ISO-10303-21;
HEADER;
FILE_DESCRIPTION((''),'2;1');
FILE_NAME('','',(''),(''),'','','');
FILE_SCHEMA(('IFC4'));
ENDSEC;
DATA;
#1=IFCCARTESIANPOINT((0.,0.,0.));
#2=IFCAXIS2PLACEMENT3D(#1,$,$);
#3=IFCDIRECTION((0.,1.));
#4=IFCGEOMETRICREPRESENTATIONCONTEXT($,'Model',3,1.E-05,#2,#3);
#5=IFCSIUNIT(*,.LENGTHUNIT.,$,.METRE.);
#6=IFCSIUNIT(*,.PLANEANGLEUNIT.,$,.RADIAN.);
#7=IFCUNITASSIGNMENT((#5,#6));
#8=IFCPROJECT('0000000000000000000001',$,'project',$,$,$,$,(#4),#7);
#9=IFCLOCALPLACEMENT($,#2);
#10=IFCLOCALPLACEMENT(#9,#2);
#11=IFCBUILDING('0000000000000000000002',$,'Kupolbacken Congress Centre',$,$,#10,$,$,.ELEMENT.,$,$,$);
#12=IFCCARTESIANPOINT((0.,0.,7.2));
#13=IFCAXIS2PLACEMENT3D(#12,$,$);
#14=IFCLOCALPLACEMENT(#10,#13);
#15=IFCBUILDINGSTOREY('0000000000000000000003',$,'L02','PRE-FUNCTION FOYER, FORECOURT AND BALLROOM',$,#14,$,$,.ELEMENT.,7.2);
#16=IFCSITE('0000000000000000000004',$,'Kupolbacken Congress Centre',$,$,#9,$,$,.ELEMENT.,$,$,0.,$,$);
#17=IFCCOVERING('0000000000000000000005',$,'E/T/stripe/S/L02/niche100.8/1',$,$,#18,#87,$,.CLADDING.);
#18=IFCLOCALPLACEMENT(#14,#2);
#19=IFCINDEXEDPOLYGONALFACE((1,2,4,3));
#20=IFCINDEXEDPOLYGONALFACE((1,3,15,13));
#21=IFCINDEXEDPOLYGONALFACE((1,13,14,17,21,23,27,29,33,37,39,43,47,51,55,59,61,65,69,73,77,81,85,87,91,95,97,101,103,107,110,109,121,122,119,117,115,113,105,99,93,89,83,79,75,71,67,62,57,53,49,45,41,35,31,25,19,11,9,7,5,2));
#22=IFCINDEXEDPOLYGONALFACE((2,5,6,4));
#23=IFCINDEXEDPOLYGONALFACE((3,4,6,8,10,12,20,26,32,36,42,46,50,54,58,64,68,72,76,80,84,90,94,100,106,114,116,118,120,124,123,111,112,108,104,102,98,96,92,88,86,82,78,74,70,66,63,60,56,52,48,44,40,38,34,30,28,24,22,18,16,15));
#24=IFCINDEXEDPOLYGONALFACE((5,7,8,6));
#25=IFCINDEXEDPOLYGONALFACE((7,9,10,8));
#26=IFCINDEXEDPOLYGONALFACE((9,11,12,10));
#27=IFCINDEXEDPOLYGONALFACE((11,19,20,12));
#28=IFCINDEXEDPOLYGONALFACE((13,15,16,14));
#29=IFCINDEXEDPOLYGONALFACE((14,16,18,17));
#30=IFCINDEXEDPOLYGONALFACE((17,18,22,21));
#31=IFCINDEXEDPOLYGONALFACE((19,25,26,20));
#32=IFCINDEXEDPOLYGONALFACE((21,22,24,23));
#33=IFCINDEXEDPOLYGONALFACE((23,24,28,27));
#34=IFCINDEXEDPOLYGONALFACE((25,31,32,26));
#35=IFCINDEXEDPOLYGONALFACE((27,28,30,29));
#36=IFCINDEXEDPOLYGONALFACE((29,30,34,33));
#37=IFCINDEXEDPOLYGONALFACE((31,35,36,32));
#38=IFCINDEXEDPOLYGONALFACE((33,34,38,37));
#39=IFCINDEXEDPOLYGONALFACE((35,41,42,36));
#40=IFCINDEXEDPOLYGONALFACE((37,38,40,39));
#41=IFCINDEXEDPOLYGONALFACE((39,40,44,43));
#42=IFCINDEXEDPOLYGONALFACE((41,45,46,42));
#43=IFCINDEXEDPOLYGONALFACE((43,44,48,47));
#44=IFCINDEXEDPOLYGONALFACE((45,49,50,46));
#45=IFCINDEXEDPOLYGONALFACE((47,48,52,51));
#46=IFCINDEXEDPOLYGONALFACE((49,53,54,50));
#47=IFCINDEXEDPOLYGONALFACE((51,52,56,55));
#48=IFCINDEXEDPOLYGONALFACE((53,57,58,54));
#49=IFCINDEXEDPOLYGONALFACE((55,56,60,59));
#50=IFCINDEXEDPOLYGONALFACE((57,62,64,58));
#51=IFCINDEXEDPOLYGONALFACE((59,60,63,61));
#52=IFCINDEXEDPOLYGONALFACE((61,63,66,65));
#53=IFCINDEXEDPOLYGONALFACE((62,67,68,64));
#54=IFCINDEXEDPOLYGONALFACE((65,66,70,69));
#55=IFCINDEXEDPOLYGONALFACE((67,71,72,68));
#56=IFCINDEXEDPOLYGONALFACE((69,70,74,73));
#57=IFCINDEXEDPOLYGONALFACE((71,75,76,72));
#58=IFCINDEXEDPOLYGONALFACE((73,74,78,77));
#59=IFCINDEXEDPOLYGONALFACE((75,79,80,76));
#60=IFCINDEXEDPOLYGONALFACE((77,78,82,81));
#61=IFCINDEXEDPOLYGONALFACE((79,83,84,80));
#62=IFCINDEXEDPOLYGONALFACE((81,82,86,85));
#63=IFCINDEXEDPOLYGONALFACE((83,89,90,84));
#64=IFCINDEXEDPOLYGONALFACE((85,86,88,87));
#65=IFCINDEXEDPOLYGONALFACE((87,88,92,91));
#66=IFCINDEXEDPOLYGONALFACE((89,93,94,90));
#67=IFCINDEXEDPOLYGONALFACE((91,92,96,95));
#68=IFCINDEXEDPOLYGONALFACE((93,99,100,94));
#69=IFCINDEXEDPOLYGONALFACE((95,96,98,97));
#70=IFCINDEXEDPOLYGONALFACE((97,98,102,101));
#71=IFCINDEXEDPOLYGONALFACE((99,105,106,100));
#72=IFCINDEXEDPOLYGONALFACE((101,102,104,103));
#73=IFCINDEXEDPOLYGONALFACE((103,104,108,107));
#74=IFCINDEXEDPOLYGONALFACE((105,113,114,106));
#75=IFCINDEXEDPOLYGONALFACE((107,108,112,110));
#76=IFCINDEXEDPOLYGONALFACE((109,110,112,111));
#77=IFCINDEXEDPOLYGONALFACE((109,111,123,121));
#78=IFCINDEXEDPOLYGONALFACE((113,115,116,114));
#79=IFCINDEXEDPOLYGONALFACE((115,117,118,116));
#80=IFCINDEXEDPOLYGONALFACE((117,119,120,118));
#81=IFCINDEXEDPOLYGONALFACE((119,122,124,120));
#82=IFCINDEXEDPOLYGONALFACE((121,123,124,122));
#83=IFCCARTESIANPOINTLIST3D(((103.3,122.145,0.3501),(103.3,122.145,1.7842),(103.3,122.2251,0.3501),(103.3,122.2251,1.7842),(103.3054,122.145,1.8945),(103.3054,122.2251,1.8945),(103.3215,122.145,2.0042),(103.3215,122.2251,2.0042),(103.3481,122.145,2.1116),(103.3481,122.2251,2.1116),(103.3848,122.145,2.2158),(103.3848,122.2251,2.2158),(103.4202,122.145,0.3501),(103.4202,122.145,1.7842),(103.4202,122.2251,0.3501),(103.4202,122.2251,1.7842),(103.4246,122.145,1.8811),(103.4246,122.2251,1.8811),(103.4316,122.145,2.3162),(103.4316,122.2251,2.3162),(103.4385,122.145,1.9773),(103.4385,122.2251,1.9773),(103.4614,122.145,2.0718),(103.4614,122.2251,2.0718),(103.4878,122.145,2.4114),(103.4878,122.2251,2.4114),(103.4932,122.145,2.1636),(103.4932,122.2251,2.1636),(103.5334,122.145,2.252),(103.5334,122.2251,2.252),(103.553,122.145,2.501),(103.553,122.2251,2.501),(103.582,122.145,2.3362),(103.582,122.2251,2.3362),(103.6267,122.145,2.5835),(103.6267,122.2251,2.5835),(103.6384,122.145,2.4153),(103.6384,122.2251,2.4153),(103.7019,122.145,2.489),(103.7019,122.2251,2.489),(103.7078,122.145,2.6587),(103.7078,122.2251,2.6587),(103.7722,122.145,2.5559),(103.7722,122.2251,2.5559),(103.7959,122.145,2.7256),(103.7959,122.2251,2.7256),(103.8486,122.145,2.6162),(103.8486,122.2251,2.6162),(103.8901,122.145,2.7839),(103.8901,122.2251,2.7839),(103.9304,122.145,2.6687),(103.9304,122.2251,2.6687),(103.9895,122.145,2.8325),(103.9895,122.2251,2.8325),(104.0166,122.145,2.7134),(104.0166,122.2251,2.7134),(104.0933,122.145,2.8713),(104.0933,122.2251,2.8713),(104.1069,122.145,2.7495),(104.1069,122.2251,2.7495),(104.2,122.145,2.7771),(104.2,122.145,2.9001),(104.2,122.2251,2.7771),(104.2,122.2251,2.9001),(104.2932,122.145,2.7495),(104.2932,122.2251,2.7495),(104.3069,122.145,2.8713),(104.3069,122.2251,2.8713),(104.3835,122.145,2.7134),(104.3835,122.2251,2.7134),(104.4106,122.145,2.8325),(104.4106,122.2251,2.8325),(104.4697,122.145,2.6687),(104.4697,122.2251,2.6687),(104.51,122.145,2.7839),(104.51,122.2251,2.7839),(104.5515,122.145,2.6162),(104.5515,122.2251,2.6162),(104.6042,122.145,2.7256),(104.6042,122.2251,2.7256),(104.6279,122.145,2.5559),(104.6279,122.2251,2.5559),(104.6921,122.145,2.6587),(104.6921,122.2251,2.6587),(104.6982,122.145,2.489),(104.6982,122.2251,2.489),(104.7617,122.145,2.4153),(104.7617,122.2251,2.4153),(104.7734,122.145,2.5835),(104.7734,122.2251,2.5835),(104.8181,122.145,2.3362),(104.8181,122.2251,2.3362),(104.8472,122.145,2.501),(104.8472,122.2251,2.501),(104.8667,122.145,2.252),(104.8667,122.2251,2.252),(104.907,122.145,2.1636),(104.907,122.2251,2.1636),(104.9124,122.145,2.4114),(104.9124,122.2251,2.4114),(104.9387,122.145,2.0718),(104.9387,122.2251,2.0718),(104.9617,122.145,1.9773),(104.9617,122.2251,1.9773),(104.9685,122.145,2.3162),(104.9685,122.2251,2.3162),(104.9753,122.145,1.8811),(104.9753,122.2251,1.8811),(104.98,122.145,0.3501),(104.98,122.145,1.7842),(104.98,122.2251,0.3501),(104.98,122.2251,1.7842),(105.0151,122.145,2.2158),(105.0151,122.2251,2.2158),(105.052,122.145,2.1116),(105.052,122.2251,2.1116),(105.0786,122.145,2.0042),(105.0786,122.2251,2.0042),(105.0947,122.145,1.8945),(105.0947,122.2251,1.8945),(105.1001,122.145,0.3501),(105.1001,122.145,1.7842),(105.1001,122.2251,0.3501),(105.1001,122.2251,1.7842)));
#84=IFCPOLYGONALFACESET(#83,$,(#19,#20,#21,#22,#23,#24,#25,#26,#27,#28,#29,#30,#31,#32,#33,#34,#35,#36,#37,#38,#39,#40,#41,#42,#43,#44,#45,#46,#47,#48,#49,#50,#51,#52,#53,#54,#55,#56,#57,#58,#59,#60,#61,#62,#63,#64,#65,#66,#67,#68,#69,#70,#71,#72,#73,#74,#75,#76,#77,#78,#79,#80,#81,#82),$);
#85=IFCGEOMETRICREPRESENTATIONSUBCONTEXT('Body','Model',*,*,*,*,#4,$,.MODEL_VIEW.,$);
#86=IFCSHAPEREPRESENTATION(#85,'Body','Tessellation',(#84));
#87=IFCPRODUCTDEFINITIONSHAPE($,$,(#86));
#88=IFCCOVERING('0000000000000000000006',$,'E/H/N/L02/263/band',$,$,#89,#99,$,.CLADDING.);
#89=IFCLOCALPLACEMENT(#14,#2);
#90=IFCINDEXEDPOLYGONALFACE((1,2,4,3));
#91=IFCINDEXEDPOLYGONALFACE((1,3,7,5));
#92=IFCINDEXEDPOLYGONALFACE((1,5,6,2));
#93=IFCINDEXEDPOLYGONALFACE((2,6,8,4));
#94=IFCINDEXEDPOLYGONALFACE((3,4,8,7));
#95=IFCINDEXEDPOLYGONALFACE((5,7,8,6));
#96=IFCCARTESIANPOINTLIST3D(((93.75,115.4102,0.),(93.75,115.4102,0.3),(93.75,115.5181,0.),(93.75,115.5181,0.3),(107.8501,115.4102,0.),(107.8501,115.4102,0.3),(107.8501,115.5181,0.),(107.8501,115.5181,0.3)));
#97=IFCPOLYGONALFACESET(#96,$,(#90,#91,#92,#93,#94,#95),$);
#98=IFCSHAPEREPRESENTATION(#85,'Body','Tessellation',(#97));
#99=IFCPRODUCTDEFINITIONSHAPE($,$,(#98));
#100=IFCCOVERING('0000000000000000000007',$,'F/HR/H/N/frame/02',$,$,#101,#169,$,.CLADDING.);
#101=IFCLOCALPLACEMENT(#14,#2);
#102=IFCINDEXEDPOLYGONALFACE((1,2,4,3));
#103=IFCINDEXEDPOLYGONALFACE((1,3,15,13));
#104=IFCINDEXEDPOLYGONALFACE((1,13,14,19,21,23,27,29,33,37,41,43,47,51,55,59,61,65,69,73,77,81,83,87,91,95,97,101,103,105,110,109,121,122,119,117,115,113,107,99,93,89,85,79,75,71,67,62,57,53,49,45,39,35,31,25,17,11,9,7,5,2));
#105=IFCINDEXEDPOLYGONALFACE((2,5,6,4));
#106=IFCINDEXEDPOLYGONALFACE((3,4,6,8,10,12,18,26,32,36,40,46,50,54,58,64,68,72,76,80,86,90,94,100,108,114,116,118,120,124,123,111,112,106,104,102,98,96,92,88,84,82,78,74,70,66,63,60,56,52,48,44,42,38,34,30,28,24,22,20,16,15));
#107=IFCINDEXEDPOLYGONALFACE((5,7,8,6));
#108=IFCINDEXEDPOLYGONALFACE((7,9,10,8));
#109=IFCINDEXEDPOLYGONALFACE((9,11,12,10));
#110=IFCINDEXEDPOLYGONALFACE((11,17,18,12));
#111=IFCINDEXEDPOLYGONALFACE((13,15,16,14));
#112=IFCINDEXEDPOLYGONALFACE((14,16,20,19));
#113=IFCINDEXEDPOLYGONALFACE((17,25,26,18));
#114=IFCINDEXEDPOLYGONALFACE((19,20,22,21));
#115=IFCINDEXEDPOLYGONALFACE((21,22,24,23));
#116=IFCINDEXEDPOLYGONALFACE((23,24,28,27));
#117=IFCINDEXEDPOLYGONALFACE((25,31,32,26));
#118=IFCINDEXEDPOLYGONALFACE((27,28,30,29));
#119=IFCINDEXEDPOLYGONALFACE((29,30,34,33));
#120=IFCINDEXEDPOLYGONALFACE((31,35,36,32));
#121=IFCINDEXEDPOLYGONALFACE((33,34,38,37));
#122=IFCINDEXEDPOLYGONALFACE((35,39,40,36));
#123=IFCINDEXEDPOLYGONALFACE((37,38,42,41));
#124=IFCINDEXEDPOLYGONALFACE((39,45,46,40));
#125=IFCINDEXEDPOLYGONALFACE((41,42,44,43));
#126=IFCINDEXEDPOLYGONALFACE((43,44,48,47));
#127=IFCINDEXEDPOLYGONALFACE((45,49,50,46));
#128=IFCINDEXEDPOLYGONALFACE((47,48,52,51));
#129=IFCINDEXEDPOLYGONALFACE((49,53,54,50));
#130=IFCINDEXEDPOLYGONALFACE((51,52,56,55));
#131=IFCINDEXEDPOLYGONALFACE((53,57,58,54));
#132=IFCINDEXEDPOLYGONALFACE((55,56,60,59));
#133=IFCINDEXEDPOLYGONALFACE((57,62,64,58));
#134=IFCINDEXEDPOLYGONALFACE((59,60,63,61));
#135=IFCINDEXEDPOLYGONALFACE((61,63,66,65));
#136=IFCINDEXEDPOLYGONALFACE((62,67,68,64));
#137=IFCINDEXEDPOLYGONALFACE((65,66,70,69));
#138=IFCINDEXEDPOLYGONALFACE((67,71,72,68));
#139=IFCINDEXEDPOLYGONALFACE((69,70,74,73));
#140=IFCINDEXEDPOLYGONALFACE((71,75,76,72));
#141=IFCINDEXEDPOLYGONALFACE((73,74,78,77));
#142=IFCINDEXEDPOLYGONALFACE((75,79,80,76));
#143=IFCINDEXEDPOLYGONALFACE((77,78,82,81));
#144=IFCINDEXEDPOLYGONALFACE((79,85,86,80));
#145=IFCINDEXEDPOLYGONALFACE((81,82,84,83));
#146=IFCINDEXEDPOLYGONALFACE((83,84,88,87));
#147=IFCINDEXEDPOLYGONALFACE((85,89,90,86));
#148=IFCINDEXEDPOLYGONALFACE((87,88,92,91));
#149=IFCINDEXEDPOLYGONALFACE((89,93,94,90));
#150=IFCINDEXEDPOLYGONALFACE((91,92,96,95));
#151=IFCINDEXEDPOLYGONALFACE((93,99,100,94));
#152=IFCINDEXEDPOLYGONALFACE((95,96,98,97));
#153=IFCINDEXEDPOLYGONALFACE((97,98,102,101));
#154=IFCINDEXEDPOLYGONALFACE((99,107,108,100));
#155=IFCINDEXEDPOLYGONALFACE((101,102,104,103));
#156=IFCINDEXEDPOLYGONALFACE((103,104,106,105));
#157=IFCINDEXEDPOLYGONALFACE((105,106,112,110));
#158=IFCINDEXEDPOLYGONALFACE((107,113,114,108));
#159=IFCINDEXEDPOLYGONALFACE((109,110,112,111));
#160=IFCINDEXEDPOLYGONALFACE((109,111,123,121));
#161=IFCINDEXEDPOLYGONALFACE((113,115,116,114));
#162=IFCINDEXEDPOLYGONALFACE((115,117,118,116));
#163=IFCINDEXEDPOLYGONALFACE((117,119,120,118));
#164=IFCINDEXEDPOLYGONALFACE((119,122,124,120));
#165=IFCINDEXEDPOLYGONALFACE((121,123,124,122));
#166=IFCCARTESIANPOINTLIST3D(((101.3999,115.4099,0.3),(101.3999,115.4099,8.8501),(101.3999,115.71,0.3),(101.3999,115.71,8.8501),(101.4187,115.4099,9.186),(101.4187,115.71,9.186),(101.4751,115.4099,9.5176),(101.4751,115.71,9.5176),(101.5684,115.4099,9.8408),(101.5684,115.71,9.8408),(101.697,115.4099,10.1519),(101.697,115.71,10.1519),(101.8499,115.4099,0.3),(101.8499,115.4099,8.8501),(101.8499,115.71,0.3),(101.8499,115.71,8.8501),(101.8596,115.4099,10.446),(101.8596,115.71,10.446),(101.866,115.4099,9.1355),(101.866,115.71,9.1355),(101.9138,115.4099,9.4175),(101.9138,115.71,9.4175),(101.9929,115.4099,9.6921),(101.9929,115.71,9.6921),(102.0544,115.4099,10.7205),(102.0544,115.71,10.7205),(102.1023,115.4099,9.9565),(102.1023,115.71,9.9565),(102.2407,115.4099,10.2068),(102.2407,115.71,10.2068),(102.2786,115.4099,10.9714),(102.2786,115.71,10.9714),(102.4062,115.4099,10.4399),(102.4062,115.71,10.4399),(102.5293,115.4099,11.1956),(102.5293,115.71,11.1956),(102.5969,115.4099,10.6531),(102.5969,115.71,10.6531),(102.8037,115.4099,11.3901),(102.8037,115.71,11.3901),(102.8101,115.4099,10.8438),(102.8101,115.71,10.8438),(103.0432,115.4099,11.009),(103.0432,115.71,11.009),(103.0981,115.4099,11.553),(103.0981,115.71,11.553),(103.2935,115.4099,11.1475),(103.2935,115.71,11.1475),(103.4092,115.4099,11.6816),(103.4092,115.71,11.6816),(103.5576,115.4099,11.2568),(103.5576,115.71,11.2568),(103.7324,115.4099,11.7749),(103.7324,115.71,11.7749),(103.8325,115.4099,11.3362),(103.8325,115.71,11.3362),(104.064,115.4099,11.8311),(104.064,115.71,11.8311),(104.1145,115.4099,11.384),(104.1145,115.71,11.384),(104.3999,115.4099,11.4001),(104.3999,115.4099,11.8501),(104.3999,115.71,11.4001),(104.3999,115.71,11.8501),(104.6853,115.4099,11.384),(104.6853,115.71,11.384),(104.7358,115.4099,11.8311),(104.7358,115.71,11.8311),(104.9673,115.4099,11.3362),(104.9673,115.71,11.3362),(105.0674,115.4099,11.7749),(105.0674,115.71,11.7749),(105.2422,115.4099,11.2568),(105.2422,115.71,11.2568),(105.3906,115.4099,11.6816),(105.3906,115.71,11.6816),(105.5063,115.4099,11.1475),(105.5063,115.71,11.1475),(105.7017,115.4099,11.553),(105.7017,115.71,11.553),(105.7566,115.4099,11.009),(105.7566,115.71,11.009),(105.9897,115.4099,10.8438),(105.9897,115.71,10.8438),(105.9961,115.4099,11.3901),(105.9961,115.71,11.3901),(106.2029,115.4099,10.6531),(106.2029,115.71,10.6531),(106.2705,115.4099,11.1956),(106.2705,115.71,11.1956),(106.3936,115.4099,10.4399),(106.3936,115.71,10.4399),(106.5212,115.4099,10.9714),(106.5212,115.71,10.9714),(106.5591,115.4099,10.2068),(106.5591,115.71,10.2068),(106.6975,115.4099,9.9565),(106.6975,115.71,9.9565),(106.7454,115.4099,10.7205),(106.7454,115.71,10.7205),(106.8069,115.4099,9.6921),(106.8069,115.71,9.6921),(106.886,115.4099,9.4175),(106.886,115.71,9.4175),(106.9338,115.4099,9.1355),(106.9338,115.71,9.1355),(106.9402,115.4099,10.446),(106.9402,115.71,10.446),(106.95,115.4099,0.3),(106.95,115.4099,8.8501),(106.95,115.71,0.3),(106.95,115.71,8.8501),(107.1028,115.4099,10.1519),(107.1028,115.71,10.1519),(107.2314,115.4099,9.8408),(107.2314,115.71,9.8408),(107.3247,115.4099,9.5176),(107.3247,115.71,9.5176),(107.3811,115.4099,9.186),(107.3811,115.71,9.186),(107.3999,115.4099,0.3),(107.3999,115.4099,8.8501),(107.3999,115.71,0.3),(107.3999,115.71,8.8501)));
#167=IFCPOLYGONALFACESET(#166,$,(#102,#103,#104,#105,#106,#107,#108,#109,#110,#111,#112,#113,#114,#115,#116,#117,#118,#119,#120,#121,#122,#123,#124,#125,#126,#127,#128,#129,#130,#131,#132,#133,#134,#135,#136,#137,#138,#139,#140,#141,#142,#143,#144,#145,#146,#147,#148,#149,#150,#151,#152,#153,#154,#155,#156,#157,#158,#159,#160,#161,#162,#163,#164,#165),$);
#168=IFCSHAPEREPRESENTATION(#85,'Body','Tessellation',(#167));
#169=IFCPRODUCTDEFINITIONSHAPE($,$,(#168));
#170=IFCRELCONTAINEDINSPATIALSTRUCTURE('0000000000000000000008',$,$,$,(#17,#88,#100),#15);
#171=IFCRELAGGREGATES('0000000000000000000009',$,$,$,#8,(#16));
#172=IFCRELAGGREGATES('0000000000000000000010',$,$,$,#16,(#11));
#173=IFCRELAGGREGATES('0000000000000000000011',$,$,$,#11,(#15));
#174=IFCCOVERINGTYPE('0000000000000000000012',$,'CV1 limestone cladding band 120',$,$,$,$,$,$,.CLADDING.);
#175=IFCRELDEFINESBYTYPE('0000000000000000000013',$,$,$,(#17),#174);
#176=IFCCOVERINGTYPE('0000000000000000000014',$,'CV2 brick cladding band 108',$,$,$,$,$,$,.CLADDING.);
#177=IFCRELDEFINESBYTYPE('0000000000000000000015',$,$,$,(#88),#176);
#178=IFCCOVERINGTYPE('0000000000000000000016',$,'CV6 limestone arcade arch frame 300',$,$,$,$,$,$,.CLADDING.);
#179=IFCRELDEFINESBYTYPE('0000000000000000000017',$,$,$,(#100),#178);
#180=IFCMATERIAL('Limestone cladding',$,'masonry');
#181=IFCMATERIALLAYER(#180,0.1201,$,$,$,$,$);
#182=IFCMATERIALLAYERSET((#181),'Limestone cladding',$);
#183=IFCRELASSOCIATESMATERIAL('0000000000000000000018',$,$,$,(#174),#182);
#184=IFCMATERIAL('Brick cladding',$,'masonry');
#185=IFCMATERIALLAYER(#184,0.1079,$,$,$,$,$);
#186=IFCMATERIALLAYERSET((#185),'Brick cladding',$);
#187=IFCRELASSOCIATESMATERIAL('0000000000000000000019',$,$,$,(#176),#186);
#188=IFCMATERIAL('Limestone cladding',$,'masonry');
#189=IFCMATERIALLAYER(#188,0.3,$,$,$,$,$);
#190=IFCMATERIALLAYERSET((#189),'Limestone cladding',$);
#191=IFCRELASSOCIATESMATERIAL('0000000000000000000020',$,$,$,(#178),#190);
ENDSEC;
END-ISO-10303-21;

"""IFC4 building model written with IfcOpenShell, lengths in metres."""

from ifc_helpers import new_model, si_unit, direction, frame, origin, origin_2d, place, context, subcontext, project, spatial, polyline, rectangle, outline, extrude, material, layer, layer_set, type_object, element, save


model = new_model("IFC4")

# Units and contexts
model_context = context("Model", 3, precision=1e-05, world=origin(), true_north=direction((0.0, 1.0)))
body_context = subcontext(model_context, "Body", "Model", "MODEL_VIEW")
ifc_project = project(units=[si_unit("LENGTHUNIT", "METRE"), si_unit("PLANEANGLEUNIT", "RADIAN")], contexts=[model_context])

# Site, building, storey
site_placement = place(None, origin())
site = spatial("IfcSite", under=ifc_project, at=site_placement, Name="Kupolbacken Congress Centre", CompositionType="ELEMENT", RefElevation=0.0)
building_placement = place(site_placement, origin())
building = spatial("IfcBuilding", under=site, at=building_placement, Name="Kupolbacken Congress Centre", CompositionType="ELEMENT")
storey_placement = place(building_placement, frame((0.0, 0.0, 7.2)))
storey = spatial("IfcBuildingStorey", under=building, at=storey_placement, Name="L02", Description="PRE-FUNCTION FOYER, FORECOURT AND BALLROOM", CompositionType="ELEMENT", Elevation=7.2)

# Coverings
ifc_material_1 = material(Name="Limestone cladding", Category="masonry")
ifc_layer_1 = layer(ifc_material_1, 0.1201)
ifc_layer_set_1 = layer_set([ifc_layer_1], Name="Limestone cladding")
covering_type_1 = type_object("IfcCoveringType", Name="CV1 limestone cladding band 120", PredefinedType="CLADDING", material=ifc_layer_set_1)
covering_1_placement = place(storey_placement, frame((103.3, 122.2251, 0.3501), z_axis=(0.0, -1.0, 0.0), x_axis=(1.0, 0.0, 0.0)))
element("IfcCovering", 1, at=covering_1_placement, inside=storey, type_object=covering_type_1, Name="E/T/stripe/S/L02/niche100.8/1", PredefinedType="CLADDING", context=body_context, shape_type="SweptSolid", body=[
    extrude(outline(polyline([(0.0, 0.0), (0.0, 1.4341), (0.0054, 1.5444), (0.0215, 1.6541), (0.0481, 1.7615), (0.0847, 1.8657), (0.1316, 1.9661), (0.1877, 2.0613), (0.2529, 2.1509), (0.3267, 2.2334), (0.4077, 2.3086), (0.4958, 2.3755), (0.5901, 2.4338), (0.6895, 2.4824), (0.7932, 2.5212), (0.8999, 2.55), (1.0068, 2.5212), (1.1106, 2.4824), (1.21, 2.4338), (1.3042, 2.3755), (1.3921, 2.3086), (1.4734, 2.2334), (1.5471, 2.1509), (1.6123, 2.0613), (1.6685, 1.9661), (1.7151, 1.8657), (1.752, 1.7615), (1.7786, 1.6541), (1.7947, 1.5444), (1.8, 1.4341), (1.8, 0.0), (1.6799, 0.0), (1.6799, 1.4341), (1.6753, 1.531), (1.6616, 1.6272), (1.6387, 1.7217), (1.6069, 1.8135), (1.5667, 1.9019), (1.5181, 1.9861), (1.4617, 2.0652), (1.3982, 2.1389), (1.3279, 2.2058), (1.2515, 2.2661), (1.1697, 2.3186), (1.0835, 2.3633), (0.9932, 2.3994), (0.8999, 2.427), (0.8069, 2.3994), (0.7166, 2.3633), (0.6304, 2.3186), (0.5486, 2.2661), (0.4722, 2.2058), (0.4019, 2.1389), (0.3384, 2.0652), (0.282, 1.9861), (0.2334, 1.9019), (0.1931, 1.8135), (0.1614, 1.7217), (0.1384, 1.6272), (0.1245, 1.531), (0.1201, 1.4341), (0.1201, 0.0), (0.0, 0.0)])), origin(), (0.0, 0.0, 1.0), 0.0801),
])
ifc_material_2 = material(Name="Brick cladding", Category="masonry")
ifc_layer_2 = layer(ifc_material_2, 0.1079)
ifc_layer_set_2 = layer_set([ifc_layer_2], Name="Brick cladding")
covering_type_2 = type_object("IfcCoveringType", Name="CV2 brick cladding band 108", PredefinedType="CLADDING", material=ifc_layer_set_2)
covering_2_placement = place(storey_placement, frame((100.8, 115.4641, 0.0), z_axis=(0.0, 0.0, 1.0), x_axis=(-1.0, 0.0, 0.0)))
element("IfcCovering", 2, at=covering_2_placement, inside=storey, type_object=covering_type_2, Name="E/H/N/L02/263/band", PredefinedType="CLADDING", context=body_context, shape_type="SweptSolid", body=[
    extrude(rectangle(XDim=14.1001, YDim=0.1079, at=origin_2d()), origin(), (0.0, 0.0, 1.0), 0.3),
])
ifc_material_3 = material(Name="Limestone cladding", Category="masonry")
ifc_layer_3 = layer(ifc_material_3, 0.3)
ifc_layer_set_3 = layer_set([ifc_layer_3], Name="Limestone cladding")
covering_type_3 = type_object("IfcCoveringType", Name="CV6 limestone arcade arch frame 300", PredefinedType="CLADDING", material=ifc_layer_set_3)
covering_3_placement = place(storey_placement, frame((101.3999, 115.4099, 0.3), z_axis=(0.0, 1.0, 0.0), x_axis=(-1.0, 0.0, 0.0)))
element("IfcCovering", 3, at=covering_3_placement, inside=storey, type_object=covering_type_3, Name="F/HR/H/N/frame/02", PredefinedType="CLADDING", context=body_context, shape_type="SweptSolid", body=[
    extrude(outline(polyline([(0.0, 0.0), (0.0, 8.55), (-0.0188, 8.886), (-0.0752, 9.2175), (-0.1685, 9.5408), (-0.2971, 9.8518), (-0.4597, 10.146), (-0.6545, 10.4204), (-0.8787, 10.6714), (-1.1294, 10.8955), (-1.4038, 11.0901), (-1.6982, 11.2529), (-2.0093, 11.3816), (-2.3325, 11.4749), (-2.6641, 11.531), (-3.0, 11.55), (-3.3359, 11.531), (-3.6675, 11.4749), (-3.9907, 11.3816), (-4.3018, 11.2529), (-4.5962, 11.0901), (-4.8706, 10.8955), (-5.1213, 10.6714), (-5.3455, 10.4204), (-5.5403, 10.146), (-5.7029, 9.8518), (-5.8315, 9.5408), (-5.9248, 9.2175), (-5.9812, 8.886), (-6.0, 8.55), (-6.0, 0.0), (-5.55, 0.0), (-5.55, 8.55), (-5.5339, 8.8354), (-5.4861, 9.1174), (-5.407, 9.3921), (-5.2976, 9.6565), (-5.1592, 9.9067), (-4.9937, 10.1399), (-4.803, 10.353), (-4.5898, 10.5437), (-4.3567, 10.709), (-4.1064, 10.8474), (-3.8423, 10.9568), (-3.5674, 11.0361), (-3.2854, 11.084), (-3.0, 11.1001), (-2.7146, 11.084), (-2.4326, 11.0361), (-2.1577, 10.9568), (-1.8936, 10.8474), (-1.6433, 10.709), (-1.4102, 10.5437), (-1.197, 10.353), (-1.0063, 10.1399), (-0.8408, 9.9067), (-0.7024, 9.6565), (-0.593, 9.3921), (-0.5139, 9.1174), (-0.4661, 8.8354), (-0.45, 8.55), (-0.45, 0.0), (0.0, 0.0)])), origin(), (0.0, 0.0, 1.0), 0.3),
])

save(model, "model.ifc")
